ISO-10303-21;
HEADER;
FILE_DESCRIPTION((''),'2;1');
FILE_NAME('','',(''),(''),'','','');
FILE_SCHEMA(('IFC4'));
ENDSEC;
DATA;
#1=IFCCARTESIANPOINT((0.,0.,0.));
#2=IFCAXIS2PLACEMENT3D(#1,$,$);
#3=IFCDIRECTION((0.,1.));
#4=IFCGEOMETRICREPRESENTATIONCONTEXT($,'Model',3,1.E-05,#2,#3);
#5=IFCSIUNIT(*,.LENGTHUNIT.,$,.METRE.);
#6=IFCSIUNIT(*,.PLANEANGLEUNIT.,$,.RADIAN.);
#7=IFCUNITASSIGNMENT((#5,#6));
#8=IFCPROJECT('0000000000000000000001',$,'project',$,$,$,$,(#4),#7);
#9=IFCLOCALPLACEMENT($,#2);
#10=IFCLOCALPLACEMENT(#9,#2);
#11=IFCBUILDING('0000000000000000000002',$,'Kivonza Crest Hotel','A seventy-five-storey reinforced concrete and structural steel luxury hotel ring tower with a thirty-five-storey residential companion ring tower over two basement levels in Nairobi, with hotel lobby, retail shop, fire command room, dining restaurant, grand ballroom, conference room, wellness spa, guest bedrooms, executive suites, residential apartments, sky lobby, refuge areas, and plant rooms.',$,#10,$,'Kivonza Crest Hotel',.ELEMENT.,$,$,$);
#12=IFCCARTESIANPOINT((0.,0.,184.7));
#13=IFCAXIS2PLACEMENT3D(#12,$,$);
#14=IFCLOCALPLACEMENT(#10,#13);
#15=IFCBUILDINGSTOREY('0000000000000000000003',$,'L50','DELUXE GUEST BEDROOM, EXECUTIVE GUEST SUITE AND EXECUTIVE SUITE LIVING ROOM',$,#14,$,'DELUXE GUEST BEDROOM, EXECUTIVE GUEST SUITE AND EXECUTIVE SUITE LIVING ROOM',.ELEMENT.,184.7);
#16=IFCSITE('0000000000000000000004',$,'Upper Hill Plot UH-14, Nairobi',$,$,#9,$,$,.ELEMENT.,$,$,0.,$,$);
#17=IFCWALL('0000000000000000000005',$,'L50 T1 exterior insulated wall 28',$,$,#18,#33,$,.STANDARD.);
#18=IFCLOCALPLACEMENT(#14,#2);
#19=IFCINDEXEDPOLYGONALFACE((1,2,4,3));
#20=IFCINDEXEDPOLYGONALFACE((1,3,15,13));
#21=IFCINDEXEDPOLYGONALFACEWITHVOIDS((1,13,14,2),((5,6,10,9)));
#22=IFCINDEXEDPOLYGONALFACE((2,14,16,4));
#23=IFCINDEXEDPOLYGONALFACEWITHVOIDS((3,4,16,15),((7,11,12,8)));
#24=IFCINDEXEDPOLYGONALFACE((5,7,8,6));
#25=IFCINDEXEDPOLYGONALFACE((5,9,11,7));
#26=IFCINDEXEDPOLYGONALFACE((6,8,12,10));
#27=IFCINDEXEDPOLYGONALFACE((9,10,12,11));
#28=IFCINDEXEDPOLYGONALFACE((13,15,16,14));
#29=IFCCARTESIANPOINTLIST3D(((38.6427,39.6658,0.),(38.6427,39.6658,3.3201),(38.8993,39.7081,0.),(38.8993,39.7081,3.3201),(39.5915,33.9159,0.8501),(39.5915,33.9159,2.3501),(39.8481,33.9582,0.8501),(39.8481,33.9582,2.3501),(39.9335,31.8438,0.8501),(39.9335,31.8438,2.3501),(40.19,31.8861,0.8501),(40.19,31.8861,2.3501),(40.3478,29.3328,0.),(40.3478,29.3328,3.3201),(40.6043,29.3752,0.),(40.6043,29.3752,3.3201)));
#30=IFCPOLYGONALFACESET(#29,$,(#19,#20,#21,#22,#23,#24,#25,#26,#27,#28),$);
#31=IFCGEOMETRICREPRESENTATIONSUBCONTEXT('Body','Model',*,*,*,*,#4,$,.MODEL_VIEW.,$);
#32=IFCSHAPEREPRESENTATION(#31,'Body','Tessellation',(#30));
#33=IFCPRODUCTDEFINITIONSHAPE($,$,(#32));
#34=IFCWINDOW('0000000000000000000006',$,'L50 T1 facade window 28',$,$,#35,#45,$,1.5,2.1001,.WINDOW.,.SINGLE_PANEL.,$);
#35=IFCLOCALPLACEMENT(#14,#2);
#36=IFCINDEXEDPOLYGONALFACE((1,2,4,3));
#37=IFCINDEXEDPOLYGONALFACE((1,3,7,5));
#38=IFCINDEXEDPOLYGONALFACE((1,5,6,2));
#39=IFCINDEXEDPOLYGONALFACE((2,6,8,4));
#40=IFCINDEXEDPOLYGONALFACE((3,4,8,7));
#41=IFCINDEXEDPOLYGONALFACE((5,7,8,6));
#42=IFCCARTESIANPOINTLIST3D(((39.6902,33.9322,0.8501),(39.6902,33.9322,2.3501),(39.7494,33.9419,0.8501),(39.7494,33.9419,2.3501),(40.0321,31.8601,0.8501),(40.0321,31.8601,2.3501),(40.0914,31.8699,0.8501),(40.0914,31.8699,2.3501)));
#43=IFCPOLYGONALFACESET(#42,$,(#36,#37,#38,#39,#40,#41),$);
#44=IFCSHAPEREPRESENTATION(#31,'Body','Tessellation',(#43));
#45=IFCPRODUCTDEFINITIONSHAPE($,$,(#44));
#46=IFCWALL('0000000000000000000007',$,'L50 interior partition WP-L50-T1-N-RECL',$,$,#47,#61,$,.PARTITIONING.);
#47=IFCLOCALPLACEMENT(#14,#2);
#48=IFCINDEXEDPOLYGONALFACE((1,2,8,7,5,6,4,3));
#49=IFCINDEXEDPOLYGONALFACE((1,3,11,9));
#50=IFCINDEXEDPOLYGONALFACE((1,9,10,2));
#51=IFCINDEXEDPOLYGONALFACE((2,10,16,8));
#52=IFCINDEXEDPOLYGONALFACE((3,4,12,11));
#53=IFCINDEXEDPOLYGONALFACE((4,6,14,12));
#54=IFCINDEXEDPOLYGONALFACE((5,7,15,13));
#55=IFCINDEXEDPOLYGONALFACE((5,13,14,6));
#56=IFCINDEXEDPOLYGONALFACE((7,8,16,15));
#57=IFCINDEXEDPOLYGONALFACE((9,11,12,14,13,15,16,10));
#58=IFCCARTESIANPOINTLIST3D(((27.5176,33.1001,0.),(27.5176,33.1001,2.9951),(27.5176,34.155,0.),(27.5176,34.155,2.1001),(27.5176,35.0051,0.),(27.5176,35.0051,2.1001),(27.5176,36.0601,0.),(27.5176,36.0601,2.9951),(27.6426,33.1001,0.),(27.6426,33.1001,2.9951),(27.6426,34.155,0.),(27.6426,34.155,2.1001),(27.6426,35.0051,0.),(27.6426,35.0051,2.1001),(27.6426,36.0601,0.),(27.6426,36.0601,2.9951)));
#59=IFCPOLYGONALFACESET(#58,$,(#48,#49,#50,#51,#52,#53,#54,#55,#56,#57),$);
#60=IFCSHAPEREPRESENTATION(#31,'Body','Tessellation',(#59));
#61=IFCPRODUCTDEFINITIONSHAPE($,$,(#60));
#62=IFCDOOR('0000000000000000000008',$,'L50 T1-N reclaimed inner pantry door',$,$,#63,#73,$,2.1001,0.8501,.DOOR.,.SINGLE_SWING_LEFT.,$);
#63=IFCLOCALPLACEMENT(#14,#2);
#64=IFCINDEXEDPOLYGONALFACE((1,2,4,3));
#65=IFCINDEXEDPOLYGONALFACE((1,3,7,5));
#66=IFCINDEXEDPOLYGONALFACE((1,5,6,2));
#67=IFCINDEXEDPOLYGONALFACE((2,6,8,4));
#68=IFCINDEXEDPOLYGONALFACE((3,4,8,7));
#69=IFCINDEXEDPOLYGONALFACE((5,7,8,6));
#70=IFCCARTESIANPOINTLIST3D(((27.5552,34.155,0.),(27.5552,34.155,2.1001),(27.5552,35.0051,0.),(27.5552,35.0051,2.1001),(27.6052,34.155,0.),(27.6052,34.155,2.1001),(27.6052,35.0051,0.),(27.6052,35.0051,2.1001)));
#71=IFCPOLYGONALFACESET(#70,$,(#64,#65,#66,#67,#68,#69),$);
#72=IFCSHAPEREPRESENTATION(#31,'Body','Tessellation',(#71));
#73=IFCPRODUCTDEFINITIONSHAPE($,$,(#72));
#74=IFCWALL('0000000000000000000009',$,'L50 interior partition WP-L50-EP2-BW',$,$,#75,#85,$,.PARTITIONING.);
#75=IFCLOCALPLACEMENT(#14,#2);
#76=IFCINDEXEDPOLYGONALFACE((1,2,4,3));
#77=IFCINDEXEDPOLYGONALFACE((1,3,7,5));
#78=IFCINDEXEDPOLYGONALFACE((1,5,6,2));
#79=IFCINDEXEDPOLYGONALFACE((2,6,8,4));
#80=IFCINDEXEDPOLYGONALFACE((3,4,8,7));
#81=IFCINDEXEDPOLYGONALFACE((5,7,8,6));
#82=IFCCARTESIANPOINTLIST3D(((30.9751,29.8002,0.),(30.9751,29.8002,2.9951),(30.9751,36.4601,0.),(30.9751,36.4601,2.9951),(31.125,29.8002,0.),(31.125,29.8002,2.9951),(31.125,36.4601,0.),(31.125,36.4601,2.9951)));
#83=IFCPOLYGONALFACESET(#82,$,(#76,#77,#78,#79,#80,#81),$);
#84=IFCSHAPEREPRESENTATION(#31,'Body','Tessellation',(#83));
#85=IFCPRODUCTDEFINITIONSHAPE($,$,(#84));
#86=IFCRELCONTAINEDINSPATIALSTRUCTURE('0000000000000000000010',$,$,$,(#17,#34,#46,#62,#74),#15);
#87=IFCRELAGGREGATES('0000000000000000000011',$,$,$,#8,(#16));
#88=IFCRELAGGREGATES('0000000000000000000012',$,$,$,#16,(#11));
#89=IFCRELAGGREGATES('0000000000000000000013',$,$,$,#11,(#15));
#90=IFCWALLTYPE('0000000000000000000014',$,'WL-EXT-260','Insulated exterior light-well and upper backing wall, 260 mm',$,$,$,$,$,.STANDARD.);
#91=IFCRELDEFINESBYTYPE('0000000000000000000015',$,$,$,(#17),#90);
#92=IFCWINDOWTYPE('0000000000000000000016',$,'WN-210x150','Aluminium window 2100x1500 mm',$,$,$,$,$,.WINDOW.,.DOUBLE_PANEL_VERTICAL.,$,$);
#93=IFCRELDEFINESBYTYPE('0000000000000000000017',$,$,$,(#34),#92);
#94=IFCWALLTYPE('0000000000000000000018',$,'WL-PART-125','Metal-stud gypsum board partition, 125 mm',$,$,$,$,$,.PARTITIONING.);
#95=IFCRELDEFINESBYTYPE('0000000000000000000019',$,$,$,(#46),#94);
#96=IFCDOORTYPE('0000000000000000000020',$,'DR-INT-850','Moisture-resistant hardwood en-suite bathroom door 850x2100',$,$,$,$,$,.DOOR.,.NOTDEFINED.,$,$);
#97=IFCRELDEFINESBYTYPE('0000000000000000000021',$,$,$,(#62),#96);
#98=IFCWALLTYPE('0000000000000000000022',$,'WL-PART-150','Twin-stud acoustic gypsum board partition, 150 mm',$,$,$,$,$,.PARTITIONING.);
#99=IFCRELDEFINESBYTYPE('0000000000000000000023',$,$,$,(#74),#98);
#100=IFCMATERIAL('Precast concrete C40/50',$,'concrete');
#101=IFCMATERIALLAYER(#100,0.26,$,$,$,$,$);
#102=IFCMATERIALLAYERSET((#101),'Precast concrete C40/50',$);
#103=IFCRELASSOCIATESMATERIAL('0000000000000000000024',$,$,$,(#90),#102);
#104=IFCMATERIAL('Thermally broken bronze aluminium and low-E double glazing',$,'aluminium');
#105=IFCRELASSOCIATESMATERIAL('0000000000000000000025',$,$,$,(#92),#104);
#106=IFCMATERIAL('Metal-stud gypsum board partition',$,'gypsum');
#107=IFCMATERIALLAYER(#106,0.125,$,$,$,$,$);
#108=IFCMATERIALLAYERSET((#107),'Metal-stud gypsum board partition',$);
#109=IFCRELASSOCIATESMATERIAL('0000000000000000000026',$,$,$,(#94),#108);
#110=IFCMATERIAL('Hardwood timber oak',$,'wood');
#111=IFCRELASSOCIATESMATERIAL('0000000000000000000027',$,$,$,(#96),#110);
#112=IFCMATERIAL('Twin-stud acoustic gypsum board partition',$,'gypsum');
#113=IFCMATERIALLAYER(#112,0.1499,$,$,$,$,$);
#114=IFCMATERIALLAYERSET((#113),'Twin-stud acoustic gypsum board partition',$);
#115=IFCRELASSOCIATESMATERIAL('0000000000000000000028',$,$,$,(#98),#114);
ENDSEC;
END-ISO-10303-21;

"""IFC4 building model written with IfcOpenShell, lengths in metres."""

from ifc_helpers import new_model, si_unit, direction, frame, frame_2d, origin, place, context, subcontext, project, spatial, rectangle, extrude, material, layer, layer_set, type_object, element, fill, save


model = new_model("IFC4")

# Units and contexts
model_context = context("Model", 3, precision=1e-05, world=origin(), true_north=direction((0.0, 1.0)))
body_context = subcontext(model_context, "Body", "Model", "MODEL_VIEW")
ifc_project = project(units=[si_unit("LENGTHUNIT", "METRE"), si_unit("PLANEANGLEUNIT", "RADIAN")], contexts=[model_context])

# Site, building, storey
site_placement = place(None, origin())
site = spatial("IfcSite", under=ifc_project, at=site_placement, Name="Upper Hill Plot UH-14, Nairobi", CompositionType="ELEMENT", RefElevation=0.0)
building_placement = place(site_placement, origin())
building = spatial("IfcBuilding", under=site, at=building_placement, Name="Kivonza Crest Hotel", Description="A seventy-five-storey reinforced concrete and structural steel luxury hotel ring tower with a thirty-five-storey residential companion ring tower over two basement levels in Nairobi, with hotel lobby, retail shop, fire command room, dining restaurant, grand ballroom, conference room, wellness spa, guest bedrooms, executive suites, residential apartments, sky lobby, refuge areas, and plant rooms.", LongName="Kivonza Crest Hotel", CompositionType="ELEMENT")
storey_placement = place(building_placement, frame((0.0, 0.0, 184.7)))
storey = spatial("IfcBuildingStorey", under=building, at=storey_placement, Name="L50", Description="DELUXE GUEST BEDROOM, EXECUTIVE GUEST SUITE AND EXECUTIVE SUITE LIVING ROOM", LongName="DELUXE GUEST BEDROOM, EXECUTIVE GUEST SUITE AND EXECUTIVE SUITE LIVING ROOM", CompositionType="ELEMENT", Elevation=184.7)

# Shared definitions
ifc_material_1 = material(Name="Hardwood timber oak", Category="wood")

# Shared definitions
ifc_material_2 = material(Name="Precast concrete C40/50", Category="concrete")
ifc_layer_1 = layer(ifc_material_2, 0.26)
ifc_layer_set_1 = layer_set([ifc_layer_1], Name="Precast concrete C40/50")
wall_type_1 = type_object("IfcWallType", Name="WL-EXT-260", Description="Insulated exterior light-well and upper backing wall, 260 mm", PredefinedType="STANDARD", material=ifc_layer_set_1)

# Shared definitions
ifc_material_3 = material(Name="Thermally broken bronze aluminium and low-E double glazing", Category="aluminium")
window_type_1 = type_object("IfcWindowType", Name="WN-210x150", Description="Aluminium window 2100x1500 mm", PartitioningType="DOUBLE_PANEL_VERTICAL", PredefinedType="WINDOW", material=ifc_material_3)

# Wall, opening, window
wall_1_placement = place(storey_placement, frame((40.4761, 29.354, 0.0), z_axis=(0.0, 0.0, 1.0), x_axis=(-0.162811, 0.986657, 0.0)))
wall_1 = element("IfcWall", 1, at=wall_1_placement, inside=storey, type_object=wall_type_1, Name="L50 T1 exterior insulated wall 28", PredefinedType="STANDARD", context=body_context, shape_type="SweptSolid", body=[
    extrude(rectangle(XDim=10.4727, YDim=0.26, at=frame_2d((5.2363, 0.0))), origin(), (0.0, 0.0, 1.0), 3.3201),
])
opening_1_placement = place(wall_1_placement, frame((2.5449, 0.0, 0.8501)))
opening_1 = element("IfcOpeningElement", 2, at=opening_1_placement, cuts=wall_1, PredefinedType="OPENING", context=body_context, shape_type="SweptSolid", body=[
    extrude(rectangle(XDim=2.1001, YDim=1.5, at=frame_2d((1.05, 0.75))), frame((0.0, 0.1401, 0.0), z_axis=(0.0, -1.0, 0.0), x_axis=(1.0, 0.0, 0.0)), (0.0, 0.0, 1.0), 0.28),
])
window_1_placement = place(opening_1_placement, origin())
window_1 = element("IfcWindow", 3, at=window_1_placement, inside=storey, type_object=window_type_1, Name="L50 T1 facade window 28", OverallHeight=1.5, OverallWidth=2.1001, PartitioningType="SINGLE_PANEL", PredefinedType="WINDOW", context=body_context, shape_type="SweptSolid", body=[
    extrude(rectangle(XDim=2.1001, YDim=1.5, at=frame_2d((1.05, 0.75))), frame((0.0, 0.03, 0.0), z_axis=(0.0, -1.0, 0.0), x_axis=(1.0, 0.0, 0.0)), (0.0, 0.0, 1.0), 0.0601),
])
fill(opening_1, window_1)

# Wall, opening, door
ifc_material_4 = material(Name="Metal-stud gypsum board partition", Category="gypsum")
ifc_layer_2 = layer(ifc_material_4, 0.125)
ifc_layer_set_2 = layer_set([ifc_layer_2], Name="Metal-stud gypsum board partition")
wall_type_2 = type_object("IfcWallType", Name="WL-PART-125", Description="Metal-stud gypsum board partition, 125 mm", PredefinedType="PARTITIONING", material=ifc_layer_set_2)
wall_2_placement = place(storey_placement, frame((27.5801, 33.1001, 0.0), z_axis=(0.0, 0.0, 1.0), x_axis=(0.0, 1.0, 0.0)))
wall_2 = element("IfcWall", 4, at=wall_2_placement, inside=storey, type_object=wall_type_2, Name="L50 interior partition WP-L50-T1-N-RECL", PredefinedType="PARTITIONING", context=body_context, shape_type="SweptSolid", body=[
    extrude(rectangle(XDim=2.96, YDim=0.125, at=frame_2d((1.48, 0.0))), origin(), (0.0, 0.0, 1.0), 2.9951),
])
opening_2_placement = place(wall_2_placement, frame((1.0549, 0.0, 0.0)))
opening_2 = element("IfcOpeningElement", 5, at=opening_2_placement, cuts=wall_2, PredefinedType="OPENING", context=body_context, shape_type="SweptSolid", body=[
    extrude(rectangle(XDim=0.8501, YDim=2.1001, at=frame_2d((0.425, 1.05))), frame((0.0, 0.0725, 0.0), z_axis=(0.0, -1.0, 0.0), x_axis=(1.0, 0.0, 0.0)), (0.0, 0.0, 1.0), 0.145),
])
door_type_1 = type_object("IfcDoorType", Name="DR-INT-850", Description="Moisture-resistant hardwood en-suite bathroom door 850x2100", OperationType="NOTDEFINED", PredefinedType="DOOR", material=ifc_material_1)
door_1_placement = place(opening_2_placement, origin())
door_1 = element("IfcDoor", 6, at=door_1_placement, inside=storey, type_object=door_type_1, Name="L50 T1-N reclaimed inner pantry door", OperationType="SINGLE_SWING_LEFT", OverallHeight=2.1001, OverallWidth=0.8501, PredefinedType="DOOR", context=body_context, shape_type="SweptSolid", body=[
    extrude(rectangle(XDim=0.8501, YDim=2.1001, at=frame_2d((0.425, 1.05))), frame((0.0, 0.0249, 0.0), z_axis=(0.0, -1.0, 0.0), x_axis=(1.0, 0.0, 0.0)), (0.0, 0.0, 1.0), 0.05),
])
fill(opening_2, door_1)

# Wall
ifc_material_5 = material(Name="Twin-stud acoustic gypsum board partition", Category="gypsum")
ifc_layer_3 = layer(ifc_material_5, 0.1499)
ifc_layer_set_3 = layer_set([ifc_layer_3], Name="Twin-stud acoustic gypsum board partition")
wall_type_3 = type_object("IfcWallType", Name="WL-PART-150", Description="Twin-stud acoustic gypsum board partition, 150 mm", PredefinedType="PARTITIONING", material=ifc_layer_set_3)
wall_3_placement = place(storey_placement, frame((31.05, 29.8, 0.0), z_axis=(0.0, 0.0, 1.0), x_axis=(0.0, 1.0, 0.0)))
element("IfcWall", 7, at=wall_3_placement, inside=storey, type_object=wall_type_3, Name="L50 interior partition WP-L50-EP2-BW", PredefinedType="PARTITIONING", context=body_context, shape_type="SweptSolid", body=[
    extrude(rectangle(XDim=6.6599, YDim=0.1499, at=frame_2d((3.3301, 0.0))), origin(), (0.0, 0.0, 1.0), 2.9951),
])

save(model, "model.ifc")
